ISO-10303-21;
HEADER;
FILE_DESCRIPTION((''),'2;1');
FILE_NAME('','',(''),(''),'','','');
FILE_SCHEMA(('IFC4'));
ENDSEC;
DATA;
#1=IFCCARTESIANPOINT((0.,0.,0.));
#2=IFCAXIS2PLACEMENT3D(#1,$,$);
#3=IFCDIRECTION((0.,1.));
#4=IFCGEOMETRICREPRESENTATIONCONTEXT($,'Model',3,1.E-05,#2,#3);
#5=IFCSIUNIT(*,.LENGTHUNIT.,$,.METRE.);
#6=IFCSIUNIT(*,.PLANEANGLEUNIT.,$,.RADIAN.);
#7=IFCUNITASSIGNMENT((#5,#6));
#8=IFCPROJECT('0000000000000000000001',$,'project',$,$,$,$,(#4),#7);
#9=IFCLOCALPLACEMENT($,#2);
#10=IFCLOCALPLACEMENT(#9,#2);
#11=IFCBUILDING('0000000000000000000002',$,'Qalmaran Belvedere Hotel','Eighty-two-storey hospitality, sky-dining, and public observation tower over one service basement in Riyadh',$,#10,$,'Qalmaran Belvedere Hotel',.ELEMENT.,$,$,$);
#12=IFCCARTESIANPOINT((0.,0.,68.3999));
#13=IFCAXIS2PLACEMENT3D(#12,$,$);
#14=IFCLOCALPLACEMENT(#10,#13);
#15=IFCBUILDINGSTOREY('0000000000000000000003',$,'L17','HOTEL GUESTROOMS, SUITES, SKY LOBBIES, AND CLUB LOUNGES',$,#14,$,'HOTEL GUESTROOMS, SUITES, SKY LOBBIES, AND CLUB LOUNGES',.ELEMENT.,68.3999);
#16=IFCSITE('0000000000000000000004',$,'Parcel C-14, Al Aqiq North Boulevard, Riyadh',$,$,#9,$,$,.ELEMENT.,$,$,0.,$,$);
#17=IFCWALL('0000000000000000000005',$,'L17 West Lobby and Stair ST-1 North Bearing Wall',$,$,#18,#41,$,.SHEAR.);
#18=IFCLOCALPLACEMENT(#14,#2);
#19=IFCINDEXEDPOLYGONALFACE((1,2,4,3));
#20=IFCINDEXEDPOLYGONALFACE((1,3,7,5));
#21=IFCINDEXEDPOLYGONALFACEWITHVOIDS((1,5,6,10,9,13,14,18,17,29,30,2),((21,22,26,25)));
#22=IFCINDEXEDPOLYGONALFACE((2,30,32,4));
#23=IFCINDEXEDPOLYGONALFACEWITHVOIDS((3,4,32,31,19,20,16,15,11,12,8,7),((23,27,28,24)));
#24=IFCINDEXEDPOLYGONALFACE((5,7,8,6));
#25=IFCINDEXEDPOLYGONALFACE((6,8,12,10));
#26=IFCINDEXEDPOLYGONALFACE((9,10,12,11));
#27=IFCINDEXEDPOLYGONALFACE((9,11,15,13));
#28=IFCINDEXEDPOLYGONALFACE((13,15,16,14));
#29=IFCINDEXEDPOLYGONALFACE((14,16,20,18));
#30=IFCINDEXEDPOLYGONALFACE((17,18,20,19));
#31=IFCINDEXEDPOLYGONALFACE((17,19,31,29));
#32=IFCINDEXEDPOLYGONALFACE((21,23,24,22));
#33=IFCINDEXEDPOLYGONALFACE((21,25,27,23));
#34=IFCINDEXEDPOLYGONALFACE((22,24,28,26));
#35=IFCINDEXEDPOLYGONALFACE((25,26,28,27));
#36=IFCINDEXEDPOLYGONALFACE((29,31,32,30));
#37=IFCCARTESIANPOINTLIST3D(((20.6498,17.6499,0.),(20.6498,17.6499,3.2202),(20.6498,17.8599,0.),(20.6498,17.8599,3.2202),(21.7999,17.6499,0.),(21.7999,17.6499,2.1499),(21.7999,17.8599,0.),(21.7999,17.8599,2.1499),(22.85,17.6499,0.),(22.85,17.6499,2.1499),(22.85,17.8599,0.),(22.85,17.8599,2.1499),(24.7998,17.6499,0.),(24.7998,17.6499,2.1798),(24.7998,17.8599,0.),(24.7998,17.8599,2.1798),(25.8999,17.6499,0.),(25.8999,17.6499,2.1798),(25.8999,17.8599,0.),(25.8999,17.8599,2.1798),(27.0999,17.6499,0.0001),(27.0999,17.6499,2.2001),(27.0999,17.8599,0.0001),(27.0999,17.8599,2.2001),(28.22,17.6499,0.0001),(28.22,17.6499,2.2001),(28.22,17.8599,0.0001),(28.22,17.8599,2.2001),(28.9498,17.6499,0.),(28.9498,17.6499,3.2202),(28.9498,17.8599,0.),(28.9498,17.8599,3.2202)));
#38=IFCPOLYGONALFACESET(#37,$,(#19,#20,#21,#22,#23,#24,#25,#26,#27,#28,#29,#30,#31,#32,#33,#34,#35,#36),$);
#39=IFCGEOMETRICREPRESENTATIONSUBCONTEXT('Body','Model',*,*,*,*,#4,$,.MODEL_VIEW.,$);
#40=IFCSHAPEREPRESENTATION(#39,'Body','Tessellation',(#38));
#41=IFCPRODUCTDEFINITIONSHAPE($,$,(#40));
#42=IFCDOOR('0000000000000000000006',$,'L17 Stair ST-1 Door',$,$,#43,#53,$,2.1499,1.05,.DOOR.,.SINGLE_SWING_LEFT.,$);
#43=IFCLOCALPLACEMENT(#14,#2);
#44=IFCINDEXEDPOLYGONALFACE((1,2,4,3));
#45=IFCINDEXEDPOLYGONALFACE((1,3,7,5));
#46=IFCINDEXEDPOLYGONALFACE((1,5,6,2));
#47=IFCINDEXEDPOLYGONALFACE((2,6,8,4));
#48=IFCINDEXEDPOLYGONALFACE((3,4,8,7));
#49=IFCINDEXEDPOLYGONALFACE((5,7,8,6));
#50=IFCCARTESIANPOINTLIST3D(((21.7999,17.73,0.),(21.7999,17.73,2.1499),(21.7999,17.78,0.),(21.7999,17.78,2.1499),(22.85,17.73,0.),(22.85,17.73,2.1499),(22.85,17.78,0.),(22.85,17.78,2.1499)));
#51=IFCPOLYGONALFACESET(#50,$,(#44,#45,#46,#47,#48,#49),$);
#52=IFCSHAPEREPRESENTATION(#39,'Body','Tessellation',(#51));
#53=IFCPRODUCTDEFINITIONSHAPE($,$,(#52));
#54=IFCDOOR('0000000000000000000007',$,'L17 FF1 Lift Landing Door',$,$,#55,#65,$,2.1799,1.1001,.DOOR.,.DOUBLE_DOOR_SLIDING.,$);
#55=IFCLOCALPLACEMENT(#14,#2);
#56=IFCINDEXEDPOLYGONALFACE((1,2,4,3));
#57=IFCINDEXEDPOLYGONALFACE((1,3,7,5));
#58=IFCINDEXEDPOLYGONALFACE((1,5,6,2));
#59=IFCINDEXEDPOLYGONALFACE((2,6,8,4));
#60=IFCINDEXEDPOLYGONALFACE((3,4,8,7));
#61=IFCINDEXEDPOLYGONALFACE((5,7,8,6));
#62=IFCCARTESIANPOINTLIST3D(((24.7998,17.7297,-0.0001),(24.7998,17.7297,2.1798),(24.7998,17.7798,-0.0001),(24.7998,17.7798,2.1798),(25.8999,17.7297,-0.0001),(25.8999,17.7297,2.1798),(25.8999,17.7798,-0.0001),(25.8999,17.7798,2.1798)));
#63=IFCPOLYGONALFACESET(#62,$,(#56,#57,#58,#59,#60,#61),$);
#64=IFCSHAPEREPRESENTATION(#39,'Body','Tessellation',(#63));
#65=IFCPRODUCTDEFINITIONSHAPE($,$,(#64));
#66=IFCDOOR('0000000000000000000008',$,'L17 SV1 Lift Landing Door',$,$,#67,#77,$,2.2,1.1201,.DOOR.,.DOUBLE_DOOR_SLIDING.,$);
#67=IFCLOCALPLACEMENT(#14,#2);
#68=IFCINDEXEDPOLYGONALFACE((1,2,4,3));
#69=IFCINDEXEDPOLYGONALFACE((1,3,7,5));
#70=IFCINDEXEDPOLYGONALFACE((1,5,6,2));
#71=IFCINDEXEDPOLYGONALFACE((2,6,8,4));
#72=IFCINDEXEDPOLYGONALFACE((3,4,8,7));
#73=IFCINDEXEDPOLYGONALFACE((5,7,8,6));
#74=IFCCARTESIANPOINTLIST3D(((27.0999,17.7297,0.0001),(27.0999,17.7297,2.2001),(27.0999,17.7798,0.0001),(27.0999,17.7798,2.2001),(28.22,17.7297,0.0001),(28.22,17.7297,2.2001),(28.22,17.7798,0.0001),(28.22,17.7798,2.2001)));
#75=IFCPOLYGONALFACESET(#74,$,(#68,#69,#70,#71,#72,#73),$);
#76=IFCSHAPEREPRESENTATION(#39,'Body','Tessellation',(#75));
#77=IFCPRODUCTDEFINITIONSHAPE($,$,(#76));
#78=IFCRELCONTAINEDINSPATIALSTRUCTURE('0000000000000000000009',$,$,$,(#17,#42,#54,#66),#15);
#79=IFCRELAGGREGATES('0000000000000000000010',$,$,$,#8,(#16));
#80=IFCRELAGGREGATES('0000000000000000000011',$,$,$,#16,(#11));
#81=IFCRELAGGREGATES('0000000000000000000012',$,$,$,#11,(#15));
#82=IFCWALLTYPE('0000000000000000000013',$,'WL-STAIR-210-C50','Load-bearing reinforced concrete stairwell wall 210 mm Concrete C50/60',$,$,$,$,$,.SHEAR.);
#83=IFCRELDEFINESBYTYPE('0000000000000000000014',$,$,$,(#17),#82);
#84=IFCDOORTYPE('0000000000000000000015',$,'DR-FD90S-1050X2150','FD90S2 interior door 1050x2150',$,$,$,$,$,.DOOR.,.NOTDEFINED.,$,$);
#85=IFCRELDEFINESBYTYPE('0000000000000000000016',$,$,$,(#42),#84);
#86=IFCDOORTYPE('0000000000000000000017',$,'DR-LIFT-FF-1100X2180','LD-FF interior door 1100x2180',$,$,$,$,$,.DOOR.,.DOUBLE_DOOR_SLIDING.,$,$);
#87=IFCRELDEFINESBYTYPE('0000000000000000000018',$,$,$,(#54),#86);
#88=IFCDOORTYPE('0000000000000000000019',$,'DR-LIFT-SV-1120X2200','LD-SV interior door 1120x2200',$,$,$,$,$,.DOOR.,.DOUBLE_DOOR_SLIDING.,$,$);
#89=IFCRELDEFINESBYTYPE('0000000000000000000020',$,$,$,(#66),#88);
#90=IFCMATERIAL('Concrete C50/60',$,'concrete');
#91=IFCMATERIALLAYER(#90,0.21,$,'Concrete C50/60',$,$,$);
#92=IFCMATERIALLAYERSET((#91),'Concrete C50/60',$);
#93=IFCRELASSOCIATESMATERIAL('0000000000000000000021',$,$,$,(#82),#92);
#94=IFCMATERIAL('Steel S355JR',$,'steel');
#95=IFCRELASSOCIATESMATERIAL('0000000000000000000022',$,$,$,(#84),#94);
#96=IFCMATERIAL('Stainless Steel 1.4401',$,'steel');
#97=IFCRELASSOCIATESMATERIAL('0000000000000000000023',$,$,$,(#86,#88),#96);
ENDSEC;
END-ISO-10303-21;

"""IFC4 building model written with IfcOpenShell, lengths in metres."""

from ifc_helpers import new_model, si_unit, direction, frame, frame_2d, origin, place, context, subcontext, project, spatial, rectangle, extrude, material, layer, layer_set, type_object, element, fill, save


model = new_model("IFC4")

# Units and contexts
model_context = context("Model", 3, precision=1e-05, world=origin(), true_north=direction((0.0, 1.0)))
body_context = subcontext(model_context, "Body", "Model", "MODEL_VIEW")
ifc_project = project(units=[si_unit("LENGTHUNIT", "METRE"), si_unit("PLANEANGLEUNIT", "RADIAN")], contexts=[model_context])

# Site, building, storey
site_placement = place(None, origin())
site = spatial("IfcSite", under=ifc_project, at=site_placement, Name="Parcel C-14, Al Aqiq North Boulevard, Riyadh", CompositionType="ELEMENT", RefElevation=0.0)
building_placement = place(site_placement, origin())
building = spatial("IfcBuilding", under=site, at=building_placement, Name="Qalmaran Belvedere Hotel", Description="Eighty-two-storey hospitality, sky-dining, and public observation tower over one service basement in Riyadh", LongName="Qalmaran Belvedere Hotel", CompositionType="ELEMENT")
storey_placement = place(building_placement, frame((0.0, 0.0, 68.3999)))
storey = spatial("IfcBuildingStorey", under=building, at=storey_placement, Name="L17", Description="HOTEL GUESTROOMS, SUITES, SKY LOBBIES, AND CLUB LOUNGES", LongName="HOTEL GUESTROOMS, SUITES, SKY LOBBIES, AND CLUB LOUNGES", CompositionType="ELEMENT", Elevation=68.3999)

# Shared definitions
ifc_material_1 = material(Name="Steel S355JR", Category="steel")

# Wall, openings, doors
ifc_material_2 = material(Name="Concrete C50/60", Category="concrete")
ifc_layer_1 = layer(ifc_material_2, 0.21, Name="Concrete C50/60")
ifc_layer_set_1 = layer_set([ifc_layer_1], Name="Concrete C50/60")
wall_type_1 = type_object("IfcWallType", Name="WL-STAIR-210-C50", Description="Load-bearing reinforced concrete stairwell wall 210 mm Concrete C50/60", PredefinedType="SHEAR", material=ifc_layer_set_1)
wall_1_placement = place(storey_placement, frame((20.6499, 17.7549, 0.0), z_axis=(0.0, 0.0, 1.0), x_axis=(1.0, 0.0, 0.0)))
wall_1 = element("IfcWall", 1, at=wall_1_placement, inside=storey, type_object=wall_type_1, Name="L17 West Lobby and Stair ST-1 North Bearing Wall", PredefinedType="SHEAR", context=body_context, shape_type="SweptSolid", body=[
    extrude(rectangle(XDim=8.3, YDim=0.21, at=frame_2d((4.1499, 0.0))), origin(), (0.0, 0.0, 1.0), 3.2202),
])
opening_1_placement = place(wall_1_placement, frame((2.2, 0.0, 0.0), z_axis=(0.0, 0.0, 1.0), x_axis=(-1.0, 0.0, 0.0)))
opening_1 = element("IfcOpeningElement", 2, at=opening_1_placement, cuts=wall_1, PredefinedType="OPENING", context=body_context, shape_type="SweptSolid", body=[
    extrude(rectangle(XDim=1.05, YDim=2.1499, at=frame_2d((0.5249, 1.075))), frame((0.0, 0.115, 0.0), z_axis=(0.0, -1.0, 0.0), x_axis=(1.0, 0.0, 0.0)), (0.0, 0.0, 1.0), 0.23),
])
opening_2_placement = place(wall_1_placement, frame((4.1499, 0.0, 0.0)))
opening_2 = element("IfcOpeningElement", 3, at=opening_2_placement, cuts=wall_1, PredefinedType="OPENING", context=body_context, shape_type="SweptSolid", body=[
    extrude(rectangle(XDim=1.1001, YDim=2.1799, at=frame_2d((0.55, 1.0898))), frame((0.0, 0.115, 0.0), z_axis=(0.0, -1.0, 0.0), x_axis=(1.0, 0.0, 0.0)), (0.0, 0.0, 1.0), 0.23),
])
opening_3_placement = place(wall_1_placement, frame((6.45, 0.0, 0.0)))
opening_3 = element("IfcOpeningElement", 4, at=opening_3_placement, cuts=wall_1, PredefinedType="OPENING", context=body_context, shape_type="SweptSolid", body=[
    extrude(rectangle(XDim=1.1201, YDim=2.2, at=frame_2d((0.5601, 1.1001))), frame((0.0, 0.115, 0.0), z_axis=(0.0, -1.0, 0.0), x_axis=(1.0, 0.0, 0.0)), (0.0, 0.0, 1.0), 0.23),
])
door_type_1 = type_object("IfcDoorType", Name="DR-FD90S-1050X2150", Description="FD90S2 interior door 1050x2150", OperationType="NOTDEFINED", PredefinedType="DOOR", material=ifc_material_1)
door_1_placement = place(opening_1_placement, origin())
door_1 = element("IfcDoor", 5, at=door_1_placement, inside=storey, type_object=door_type_1, Name="L17 Stair ST-1 Door", OperationType="SINGLE_SWING_LEFT", OverallHeight=2.1499, OverallWidth=1.05, PredefinedType="DOOR", context=body_context, shape_type="SweptSolid", body=[
    extrude(rectangle(XDim=1.05, YDim=2.1499, at=frame_2d((0.5249, 1.075))), frame((0.0, 0.0249, 0.0), z_axis=(0.0, -1.0, 0.0), x_axis=(1.0, 0.0, 0.0)), (0.0, 0.0, 1.0), 0.05),
])
fill(opening_1, door_1)
ifc_material_3 = material(Name="Stainless Steel 1.4401", Category="steel")
door_type_2 = type_object("IfcDoorType", Name="DR-LIFT-FF-1100X2180", Description="LD-FF interior door 1100x2180", OperationType="DOUBLE_DOOR_SLIDING", PredefinedType="DOOR", material=ifc_material_3)
door_2_placement = place(opening_2_placement, origin())
door_2 = element("IfcDoor", 6, at=door_2_placement, inside=storey, type_object=door_type_2, Name="L17 FF1 Lift Landing Door", OperationType="DOUBLE_DOOR_SLIDING", OverallHeight=2.1799, OverallWidth=1.1001, PredefinedType="DOOR", context=body_context, shape_type="SweptSolid", body=[
    extrude(rectangle(XDim=1.1001, YDim=2.1799, at=frame_2d((0.55, 1.0898))), frame((0.0, 0.0249, 0.0), z_axis=(0.0, -1.0, 0.0), x_axis=(1.0, 0.0, 0.0)), (0.0, 0.0, 1.0), 0.05),
])
fill(opening_2, door_2)
door_type_3 = type_object("IfcDoorType", Name="DR-LIFT-SV-1120X2200", Description="LD-SV interior door 1120x2200", OperationType="DOUBLE_DOOR_SLIDING", PredefinedType="DOOR", material=ifc_material_3)
door_3_placement = place(opening_3_placement, origin())
door_3 = element("IfcDoor", 7, at=door_3_placement, inside=storey, type_object=door_type_3, Name="L17 SV1 Lift Landing Door", OperationType="DOUBLE_DOOR_SLIDING", OverallHeight=2.2, OverallWidth=1.1201, PredefinedType="DOOR", context=body_context, shape_type="SweptSolid", body=[
    extrude(rectangle(XDim=1.1201, YDim=2.2, at=frame_2d((0.5601, 1.1001))), frame((0.0, 0.0249, 0.0), z_axis=(0.0, -1.0, 0.0), x_axis=(1.0, 0.0, 0.0)), (0.0, 0.0, 1.0), 0.05),
])
fill(opening_3, door_3)

save(model, "model.ifc")
